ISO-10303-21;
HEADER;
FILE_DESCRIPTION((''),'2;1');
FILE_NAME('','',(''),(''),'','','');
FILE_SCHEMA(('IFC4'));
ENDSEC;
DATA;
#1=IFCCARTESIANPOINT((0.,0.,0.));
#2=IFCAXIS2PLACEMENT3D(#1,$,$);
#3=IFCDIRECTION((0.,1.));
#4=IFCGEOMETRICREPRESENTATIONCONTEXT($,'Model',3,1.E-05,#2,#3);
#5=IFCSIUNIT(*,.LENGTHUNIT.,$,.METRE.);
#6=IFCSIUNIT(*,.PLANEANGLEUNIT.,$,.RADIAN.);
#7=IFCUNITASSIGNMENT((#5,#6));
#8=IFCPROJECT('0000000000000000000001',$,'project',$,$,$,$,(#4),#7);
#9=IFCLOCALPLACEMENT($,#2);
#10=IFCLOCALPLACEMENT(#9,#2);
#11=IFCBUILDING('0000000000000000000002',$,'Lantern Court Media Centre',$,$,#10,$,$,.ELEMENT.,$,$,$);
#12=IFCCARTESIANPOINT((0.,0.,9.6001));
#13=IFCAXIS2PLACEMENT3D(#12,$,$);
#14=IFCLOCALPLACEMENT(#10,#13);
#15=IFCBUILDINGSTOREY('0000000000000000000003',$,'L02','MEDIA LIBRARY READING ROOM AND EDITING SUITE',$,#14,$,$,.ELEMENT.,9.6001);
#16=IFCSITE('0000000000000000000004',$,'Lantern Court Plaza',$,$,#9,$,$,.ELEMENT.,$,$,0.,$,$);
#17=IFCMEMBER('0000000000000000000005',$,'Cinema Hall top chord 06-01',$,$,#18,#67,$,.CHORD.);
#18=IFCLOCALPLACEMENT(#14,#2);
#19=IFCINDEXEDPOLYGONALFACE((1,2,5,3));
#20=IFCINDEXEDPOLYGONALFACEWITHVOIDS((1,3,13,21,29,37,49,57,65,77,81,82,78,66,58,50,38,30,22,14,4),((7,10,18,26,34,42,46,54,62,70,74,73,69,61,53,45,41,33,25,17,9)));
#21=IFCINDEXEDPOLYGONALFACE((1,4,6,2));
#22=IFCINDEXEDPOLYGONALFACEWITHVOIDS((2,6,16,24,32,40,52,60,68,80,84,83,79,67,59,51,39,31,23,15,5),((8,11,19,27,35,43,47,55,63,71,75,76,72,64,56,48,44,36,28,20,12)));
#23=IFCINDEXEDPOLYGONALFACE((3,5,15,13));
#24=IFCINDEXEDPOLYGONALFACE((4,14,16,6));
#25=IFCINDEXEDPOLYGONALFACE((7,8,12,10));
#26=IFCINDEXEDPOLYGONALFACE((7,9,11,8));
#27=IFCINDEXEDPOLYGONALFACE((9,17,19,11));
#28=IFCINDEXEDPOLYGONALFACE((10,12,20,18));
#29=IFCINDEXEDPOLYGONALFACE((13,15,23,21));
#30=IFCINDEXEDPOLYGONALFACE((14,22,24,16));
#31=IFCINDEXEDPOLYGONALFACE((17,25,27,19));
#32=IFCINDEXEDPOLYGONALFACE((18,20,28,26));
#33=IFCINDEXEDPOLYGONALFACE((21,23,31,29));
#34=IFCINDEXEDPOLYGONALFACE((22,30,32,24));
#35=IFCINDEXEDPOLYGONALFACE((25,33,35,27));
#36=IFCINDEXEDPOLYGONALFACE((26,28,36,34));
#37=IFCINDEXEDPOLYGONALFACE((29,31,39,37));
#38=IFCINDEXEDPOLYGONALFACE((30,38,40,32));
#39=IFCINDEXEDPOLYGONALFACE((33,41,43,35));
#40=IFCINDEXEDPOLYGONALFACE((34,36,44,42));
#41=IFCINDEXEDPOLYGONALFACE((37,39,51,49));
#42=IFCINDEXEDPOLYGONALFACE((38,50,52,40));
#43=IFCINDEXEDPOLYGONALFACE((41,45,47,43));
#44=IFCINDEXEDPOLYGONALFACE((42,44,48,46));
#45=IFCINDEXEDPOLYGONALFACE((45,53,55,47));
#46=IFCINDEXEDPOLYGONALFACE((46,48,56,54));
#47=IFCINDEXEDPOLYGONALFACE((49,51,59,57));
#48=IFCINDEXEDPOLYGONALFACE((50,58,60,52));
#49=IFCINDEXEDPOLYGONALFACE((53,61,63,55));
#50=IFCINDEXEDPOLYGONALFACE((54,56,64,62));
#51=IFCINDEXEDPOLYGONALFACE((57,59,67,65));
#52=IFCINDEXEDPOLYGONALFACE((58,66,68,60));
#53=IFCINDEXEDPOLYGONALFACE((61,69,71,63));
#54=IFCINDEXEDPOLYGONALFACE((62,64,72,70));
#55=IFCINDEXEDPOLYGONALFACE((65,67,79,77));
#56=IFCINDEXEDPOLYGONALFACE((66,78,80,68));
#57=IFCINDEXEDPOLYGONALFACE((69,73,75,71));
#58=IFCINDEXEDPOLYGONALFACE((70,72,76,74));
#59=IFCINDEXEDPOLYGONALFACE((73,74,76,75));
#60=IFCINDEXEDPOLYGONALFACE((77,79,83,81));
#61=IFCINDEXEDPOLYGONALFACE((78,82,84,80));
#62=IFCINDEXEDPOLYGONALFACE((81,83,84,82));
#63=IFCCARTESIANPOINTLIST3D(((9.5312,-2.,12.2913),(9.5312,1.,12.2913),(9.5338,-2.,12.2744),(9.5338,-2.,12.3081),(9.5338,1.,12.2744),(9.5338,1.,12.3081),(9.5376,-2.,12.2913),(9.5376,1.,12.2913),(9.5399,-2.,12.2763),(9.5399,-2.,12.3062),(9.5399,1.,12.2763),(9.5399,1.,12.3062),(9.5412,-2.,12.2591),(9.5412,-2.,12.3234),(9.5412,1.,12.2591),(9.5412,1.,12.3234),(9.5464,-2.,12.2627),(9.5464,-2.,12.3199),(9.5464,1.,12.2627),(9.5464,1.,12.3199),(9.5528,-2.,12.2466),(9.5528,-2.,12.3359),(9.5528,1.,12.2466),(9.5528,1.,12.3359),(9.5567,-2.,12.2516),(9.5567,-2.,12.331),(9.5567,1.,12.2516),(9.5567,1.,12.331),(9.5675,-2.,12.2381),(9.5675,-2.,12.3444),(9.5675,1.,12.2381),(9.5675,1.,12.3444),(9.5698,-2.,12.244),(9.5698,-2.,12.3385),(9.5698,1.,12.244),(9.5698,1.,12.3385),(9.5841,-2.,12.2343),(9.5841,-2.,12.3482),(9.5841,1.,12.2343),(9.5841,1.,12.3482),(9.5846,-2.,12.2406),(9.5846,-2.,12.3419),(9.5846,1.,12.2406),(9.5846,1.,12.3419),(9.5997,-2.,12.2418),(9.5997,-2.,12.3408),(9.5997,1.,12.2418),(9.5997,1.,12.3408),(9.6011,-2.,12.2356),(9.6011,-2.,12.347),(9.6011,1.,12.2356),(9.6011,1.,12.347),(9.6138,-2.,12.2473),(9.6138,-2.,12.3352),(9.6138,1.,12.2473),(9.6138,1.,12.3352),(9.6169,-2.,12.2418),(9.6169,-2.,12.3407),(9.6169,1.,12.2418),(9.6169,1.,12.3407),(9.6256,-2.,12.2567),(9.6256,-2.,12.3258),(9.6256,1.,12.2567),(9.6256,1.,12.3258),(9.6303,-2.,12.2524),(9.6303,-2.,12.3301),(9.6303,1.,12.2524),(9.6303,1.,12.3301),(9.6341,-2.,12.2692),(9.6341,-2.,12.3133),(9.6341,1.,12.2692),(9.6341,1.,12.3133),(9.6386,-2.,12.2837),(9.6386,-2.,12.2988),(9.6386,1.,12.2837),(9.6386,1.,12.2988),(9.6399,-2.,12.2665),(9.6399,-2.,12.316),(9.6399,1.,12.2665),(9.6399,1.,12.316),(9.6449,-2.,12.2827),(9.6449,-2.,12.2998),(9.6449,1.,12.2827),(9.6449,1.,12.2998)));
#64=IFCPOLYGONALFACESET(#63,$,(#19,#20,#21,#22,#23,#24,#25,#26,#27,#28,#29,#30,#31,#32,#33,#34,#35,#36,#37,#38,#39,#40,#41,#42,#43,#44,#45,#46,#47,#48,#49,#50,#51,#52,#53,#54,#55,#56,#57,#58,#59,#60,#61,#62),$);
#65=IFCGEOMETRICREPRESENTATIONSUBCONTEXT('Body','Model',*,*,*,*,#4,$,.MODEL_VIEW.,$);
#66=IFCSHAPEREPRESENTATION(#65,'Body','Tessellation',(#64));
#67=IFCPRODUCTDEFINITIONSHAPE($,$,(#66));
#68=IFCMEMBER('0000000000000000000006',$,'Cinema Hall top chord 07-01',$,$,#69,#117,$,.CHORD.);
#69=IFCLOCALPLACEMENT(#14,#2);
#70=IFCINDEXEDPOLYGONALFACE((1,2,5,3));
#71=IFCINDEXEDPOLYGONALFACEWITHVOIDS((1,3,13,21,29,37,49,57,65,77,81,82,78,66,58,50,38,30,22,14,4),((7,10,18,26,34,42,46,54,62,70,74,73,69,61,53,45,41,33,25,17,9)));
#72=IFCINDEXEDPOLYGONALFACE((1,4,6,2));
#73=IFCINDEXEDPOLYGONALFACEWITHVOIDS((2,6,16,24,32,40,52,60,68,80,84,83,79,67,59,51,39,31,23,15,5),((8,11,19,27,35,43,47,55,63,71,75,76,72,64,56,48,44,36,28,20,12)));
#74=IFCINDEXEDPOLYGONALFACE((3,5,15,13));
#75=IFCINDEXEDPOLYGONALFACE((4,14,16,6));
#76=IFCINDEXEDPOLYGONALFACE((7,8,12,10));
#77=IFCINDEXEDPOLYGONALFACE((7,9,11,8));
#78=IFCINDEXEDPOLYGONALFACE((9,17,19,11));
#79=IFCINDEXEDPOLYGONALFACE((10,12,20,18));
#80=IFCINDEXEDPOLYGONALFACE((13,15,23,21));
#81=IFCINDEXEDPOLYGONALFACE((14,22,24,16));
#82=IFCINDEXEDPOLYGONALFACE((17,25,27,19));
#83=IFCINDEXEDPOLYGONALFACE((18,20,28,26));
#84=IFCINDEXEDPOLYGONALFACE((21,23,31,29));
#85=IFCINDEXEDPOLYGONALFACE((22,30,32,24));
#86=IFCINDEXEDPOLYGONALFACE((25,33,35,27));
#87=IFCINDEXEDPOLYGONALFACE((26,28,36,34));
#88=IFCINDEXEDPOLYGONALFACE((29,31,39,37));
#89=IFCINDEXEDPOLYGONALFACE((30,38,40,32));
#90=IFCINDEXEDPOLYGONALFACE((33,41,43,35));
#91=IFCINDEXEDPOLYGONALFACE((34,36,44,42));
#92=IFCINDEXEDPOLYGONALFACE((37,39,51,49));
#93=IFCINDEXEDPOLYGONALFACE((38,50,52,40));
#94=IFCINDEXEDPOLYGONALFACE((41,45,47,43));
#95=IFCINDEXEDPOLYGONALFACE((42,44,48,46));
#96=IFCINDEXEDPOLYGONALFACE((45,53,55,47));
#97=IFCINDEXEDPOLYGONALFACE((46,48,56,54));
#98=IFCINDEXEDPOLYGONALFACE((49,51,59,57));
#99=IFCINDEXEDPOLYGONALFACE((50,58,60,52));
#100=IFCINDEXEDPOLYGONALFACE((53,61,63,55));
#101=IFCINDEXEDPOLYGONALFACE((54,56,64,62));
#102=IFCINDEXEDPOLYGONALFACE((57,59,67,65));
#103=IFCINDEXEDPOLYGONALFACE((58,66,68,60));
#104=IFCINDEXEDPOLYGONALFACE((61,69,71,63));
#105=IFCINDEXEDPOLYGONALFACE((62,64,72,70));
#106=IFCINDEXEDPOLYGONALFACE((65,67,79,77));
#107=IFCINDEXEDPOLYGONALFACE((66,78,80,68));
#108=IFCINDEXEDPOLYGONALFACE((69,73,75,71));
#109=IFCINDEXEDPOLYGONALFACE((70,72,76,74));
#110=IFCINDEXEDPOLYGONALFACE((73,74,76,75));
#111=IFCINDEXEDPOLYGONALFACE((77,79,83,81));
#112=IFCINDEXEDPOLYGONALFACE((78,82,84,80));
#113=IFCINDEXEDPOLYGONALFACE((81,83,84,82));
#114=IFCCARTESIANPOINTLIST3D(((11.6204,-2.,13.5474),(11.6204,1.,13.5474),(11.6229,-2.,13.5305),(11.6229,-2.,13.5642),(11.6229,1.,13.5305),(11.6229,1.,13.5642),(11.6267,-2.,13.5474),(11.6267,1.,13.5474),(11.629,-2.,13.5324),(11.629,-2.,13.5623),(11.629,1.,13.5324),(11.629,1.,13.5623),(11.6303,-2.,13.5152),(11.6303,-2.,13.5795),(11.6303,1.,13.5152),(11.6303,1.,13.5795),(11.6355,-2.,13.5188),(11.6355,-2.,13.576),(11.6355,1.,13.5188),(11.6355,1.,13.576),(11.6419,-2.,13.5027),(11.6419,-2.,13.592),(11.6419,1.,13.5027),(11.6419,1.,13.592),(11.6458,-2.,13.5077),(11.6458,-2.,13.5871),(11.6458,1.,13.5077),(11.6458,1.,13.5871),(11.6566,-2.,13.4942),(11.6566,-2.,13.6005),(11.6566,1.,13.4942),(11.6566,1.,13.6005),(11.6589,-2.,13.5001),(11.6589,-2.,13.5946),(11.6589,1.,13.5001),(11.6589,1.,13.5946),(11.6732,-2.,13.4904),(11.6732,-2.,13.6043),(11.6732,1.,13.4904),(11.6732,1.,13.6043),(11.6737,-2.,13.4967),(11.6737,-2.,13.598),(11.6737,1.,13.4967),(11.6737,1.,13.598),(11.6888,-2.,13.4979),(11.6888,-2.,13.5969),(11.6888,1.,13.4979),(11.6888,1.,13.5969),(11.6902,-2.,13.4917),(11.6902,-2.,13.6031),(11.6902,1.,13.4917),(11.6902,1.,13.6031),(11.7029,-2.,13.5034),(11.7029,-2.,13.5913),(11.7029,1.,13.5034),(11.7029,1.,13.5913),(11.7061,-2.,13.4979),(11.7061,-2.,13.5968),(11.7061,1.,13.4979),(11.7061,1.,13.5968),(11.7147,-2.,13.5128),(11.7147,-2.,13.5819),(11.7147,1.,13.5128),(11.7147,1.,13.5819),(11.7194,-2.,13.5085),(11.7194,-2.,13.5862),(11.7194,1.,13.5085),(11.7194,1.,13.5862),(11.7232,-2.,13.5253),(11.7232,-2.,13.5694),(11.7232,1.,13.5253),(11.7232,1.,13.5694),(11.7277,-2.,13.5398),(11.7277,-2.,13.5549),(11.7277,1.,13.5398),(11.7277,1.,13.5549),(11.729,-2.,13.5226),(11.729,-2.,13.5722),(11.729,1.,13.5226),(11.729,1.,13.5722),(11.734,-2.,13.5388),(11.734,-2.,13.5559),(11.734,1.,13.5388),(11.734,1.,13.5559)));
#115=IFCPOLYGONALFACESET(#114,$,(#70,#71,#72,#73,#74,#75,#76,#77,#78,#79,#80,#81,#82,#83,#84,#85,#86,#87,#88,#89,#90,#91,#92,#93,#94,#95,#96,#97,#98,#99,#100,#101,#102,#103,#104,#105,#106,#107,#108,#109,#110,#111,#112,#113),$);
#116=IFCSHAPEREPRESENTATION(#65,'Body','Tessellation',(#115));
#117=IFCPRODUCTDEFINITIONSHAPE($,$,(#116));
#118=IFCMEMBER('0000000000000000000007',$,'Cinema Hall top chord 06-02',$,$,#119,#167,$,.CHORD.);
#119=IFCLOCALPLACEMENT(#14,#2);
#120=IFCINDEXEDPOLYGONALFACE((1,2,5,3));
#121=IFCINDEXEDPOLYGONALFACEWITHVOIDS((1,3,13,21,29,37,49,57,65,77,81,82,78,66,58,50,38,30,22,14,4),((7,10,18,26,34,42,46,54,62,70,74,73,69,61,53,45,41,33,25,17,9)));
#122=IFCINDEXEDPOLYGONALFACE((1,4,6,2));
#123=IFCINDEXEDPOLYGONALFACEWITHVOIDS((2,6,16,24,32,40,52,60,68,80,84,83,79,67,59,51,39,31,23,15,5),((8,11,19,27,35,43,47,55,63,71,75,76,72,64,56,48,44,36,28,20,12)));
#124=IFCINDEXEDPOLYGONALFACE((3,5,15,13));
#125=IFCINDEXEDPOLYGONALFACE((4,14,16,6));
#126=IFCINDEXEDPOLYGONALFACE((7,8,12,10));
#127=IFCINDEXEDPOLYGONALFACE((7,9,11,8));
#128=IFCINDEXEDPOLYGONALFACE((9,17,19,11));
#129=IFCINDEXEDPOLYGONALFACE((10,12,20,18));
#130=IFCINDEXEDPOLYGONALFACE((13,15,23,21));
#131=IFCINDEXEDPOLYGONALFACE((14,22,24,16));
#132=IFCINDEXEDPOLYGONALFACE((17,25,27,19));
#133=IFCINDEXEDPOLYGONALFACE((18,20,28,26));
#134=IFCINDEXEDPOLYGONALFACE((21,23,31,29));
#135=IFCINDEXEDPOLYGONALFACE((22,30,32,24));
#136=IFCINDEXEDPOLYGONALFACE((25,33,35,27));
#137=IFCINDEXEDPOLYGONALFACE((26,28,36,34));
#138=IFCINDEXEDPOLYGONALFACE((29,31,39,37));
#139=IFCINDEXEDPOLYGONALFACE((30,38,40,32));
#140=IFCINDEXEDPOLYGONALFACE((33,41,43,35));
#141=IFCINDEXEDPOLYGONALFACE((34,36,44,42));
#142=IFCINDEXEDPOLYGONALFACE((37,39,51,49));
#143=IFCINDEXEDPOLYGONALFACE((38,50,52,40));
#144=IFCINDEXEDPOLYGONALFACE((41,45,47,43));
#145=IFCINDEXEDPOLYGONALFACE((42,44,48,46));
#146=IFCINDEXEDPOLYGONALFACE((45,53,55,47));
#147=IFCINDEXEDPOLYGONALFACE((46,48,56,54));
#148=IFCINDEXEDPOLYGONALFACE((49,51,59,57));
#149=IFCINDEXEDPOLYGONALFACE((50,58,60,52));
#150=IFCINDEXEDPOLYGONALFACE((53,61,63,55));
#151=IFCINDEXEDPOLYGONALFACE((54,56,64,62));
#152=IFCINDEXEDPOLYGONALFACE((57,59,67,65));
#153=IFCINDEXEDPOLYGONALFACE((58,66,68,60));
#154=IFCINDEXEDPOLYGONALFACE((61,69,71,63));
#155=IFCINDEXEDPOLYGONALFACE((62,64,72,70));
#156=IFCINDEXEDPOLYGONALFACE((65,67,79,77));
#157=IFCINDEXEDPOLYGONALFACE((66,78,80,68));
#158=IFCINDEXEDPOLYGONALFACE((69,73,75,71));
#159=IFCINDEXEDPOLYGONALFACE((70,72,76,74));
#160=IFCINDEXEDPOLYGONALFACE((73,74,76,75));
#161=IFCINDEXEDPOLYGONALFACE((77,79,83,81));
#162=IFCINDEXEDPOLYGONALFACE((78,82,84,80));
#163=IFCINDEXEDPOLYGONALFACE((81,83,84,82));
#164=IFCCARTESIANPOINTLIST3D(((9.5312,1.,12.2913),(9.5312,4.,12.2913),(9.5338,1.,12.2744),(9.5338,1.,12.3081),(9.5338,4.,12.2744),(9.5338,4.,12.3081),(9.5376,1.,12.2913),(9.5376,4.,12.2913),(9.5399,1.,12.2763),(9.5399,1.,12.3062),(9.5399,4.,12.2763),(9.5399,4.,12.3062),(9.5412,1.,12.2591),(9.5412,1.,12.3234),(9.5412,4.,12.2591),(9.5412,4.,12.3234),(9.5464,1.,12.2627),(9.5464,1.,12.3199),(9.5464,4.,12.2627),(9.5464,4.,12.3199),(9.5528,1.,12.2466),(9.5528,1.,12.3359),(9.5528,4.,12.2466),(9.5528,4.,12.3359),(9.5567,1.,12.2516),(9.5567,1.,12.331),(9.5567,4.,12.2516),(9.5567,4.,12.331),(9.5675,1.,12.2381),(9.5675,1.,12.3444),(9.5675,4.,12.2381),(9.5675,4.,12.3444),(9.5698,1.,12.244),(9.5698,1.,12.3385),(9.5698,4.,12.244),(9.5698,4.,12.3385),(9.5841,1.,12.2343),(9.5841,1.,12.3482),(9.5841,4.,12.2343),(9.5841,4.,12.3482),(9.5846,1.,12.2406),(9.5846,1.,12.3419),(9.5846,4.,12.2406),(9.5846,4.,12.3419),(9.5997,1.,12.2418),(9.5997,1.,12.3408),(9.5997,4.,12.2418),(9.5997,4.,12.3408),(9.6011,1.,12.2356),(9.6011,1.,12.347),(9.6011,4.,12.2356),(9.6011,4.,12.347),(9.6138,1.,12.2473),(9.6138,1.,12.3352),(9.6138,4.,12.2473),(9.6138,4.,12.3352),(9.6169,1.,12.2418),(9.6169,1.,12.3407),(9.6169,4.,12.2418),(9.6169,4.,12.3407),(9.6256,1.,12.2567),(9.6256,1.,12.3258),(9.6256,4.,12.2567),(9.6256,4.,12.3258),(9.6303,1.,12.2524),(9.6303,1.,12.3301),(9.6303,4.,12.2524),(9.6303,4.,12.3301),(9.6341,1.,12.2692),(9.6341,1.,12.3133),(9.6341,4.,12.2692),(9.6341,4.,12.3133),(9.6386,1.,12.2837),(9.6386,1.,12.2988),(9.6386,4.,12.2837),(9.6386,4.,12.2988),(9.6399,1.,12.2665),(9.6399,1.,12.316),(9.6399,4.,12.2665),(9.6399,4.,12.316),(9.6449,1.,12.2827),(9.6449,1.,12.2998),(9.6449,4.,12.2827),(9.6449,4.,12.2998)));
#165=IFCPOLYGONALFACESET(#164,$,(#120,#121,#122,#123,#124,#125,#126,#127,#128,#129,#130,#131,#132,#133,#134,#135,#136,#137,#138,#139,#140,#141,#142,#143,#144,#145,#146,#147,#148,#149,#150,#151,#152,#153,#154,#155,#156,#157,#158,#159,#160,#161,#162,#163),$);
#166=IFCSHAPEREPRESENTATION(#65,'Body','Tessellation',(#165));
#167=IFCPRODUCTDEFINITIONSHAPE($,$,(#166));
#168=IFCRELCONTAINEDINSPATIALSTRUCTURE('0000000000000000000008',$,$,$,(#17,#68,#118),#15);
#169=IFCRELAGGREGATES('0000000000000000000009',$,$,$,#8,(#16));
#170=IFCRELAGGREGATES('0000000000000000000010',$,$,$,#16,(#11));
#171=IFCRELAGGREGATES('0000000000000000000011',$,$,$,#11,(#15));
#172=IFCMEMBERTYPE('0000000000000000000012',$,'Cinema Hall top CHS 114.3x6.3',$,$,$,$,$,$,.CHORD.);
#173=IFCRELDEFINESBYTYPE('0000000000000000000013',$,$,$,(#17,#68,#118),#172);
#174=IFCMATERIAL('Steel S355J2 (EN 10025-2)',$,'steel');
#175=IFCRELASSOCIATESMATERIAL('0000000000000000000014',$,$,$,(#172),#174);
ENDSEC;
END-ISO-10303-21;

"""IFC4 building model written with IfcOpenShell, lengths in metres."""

from ifc_helpers import new_model, si_unit, direction, frame, origin, origin_2d, place, context, subcontext, project, spatial, hollow_circle, extrude, material, material_profile, profile_set, type_object, element, save


model = new_model("IFC4")

# Units and contexts
model_context = context("Model", 3, precision=1e-05, world=origin(), true_north=direction((0.0, 1.0)))
body_context = subcontext(model_context, "Body", "Model", "MODEL_VIEW")
ifc_project = project(units=[si_unit("LENGTHUNIT", "METRE"), si_unit("PLANEANGLEUNIT", "RADIAN")], contexts=[model_context])

# Site, building, storey
site_placement = place(None, origin())
site = spatial("IfcSite", under=ifc_project, at=site_placement, Name="Lantern Court Plaza", CompositionType="ELEMENT", RefElevation=0.0)
building_placement = place(site_placement, origin())
building = spatial("IfcBuilding", under=site, at=building_placement, Name="Lantern Court Media Centre", CompositionType="ELEMENT")
storey_placement = place(building_placement, frame((0.0, 0.0, 9.6001)))
storey = spatial("IfcBuildingStorey", under=building, at=storey_placement, Name="L02", Description="MEDIA LIBRARY READING ROOM AND EDITING SUITE", CompositionType="ELEMENT", Elevation=9.6001)

# Members
ifc_material = material(Name="Steel S355J2 (EN 10025-2)", Category="steel")
ifc_material_profile_1 = material_profile(ifc_material, hollow_circle(Radius=0.0571, WallThickness=0.0063, at=origin_2d()), Name="Cinema Hall top CHS 114.3x6.3")
ifc_profile_set_1 = profile_set([ifc_material_profile_1], Name="Steel S355J2 (EN 10025-2)")
member_type_1 = type_object("IfcMemberType", Name="Cinema Hall top CHS 114.3x6.3", PredefinedType="CHORD", material=ifc_profile_set_1)
for number, where, z_axis, x_axis, name in (
    (1, (9.5884, -2.0, 12.2913), (0.0, 1.0, 0.0), (-1.0, 0.0, 0.0), "Cinema Hall top chord 06-01"),
    (2, (11.6775, -2.0, 13.5474), (0.0, 1.0, 0.0), (-1.0, 0.0, 0.0), "Cinema Hall top chord 07-01"),
    (3, (9.5884, 1.0, 12.2913), (0.0, 1.0, 0.0), (-1.0, 0.0, 0.0), "Cinema Hall top chord 06-02"),
):
    element("IfcMember", number, at=place(storey_placement, frame(where, z_axis=z_axis, x_axis=x_axis)), inside=storey, type_object=member_type_1, Name=name, PredefinedType="CHORD", context=body_context, shape_type="SweptSolid", body=[
        extrude(hollow_circle(Radius=0.0571, WallThickness=0.0063, at=origin_2d()), origin(), (0.0, 0.0, 1.0), 3.0),
    ])

save(model, "model.ifc")
